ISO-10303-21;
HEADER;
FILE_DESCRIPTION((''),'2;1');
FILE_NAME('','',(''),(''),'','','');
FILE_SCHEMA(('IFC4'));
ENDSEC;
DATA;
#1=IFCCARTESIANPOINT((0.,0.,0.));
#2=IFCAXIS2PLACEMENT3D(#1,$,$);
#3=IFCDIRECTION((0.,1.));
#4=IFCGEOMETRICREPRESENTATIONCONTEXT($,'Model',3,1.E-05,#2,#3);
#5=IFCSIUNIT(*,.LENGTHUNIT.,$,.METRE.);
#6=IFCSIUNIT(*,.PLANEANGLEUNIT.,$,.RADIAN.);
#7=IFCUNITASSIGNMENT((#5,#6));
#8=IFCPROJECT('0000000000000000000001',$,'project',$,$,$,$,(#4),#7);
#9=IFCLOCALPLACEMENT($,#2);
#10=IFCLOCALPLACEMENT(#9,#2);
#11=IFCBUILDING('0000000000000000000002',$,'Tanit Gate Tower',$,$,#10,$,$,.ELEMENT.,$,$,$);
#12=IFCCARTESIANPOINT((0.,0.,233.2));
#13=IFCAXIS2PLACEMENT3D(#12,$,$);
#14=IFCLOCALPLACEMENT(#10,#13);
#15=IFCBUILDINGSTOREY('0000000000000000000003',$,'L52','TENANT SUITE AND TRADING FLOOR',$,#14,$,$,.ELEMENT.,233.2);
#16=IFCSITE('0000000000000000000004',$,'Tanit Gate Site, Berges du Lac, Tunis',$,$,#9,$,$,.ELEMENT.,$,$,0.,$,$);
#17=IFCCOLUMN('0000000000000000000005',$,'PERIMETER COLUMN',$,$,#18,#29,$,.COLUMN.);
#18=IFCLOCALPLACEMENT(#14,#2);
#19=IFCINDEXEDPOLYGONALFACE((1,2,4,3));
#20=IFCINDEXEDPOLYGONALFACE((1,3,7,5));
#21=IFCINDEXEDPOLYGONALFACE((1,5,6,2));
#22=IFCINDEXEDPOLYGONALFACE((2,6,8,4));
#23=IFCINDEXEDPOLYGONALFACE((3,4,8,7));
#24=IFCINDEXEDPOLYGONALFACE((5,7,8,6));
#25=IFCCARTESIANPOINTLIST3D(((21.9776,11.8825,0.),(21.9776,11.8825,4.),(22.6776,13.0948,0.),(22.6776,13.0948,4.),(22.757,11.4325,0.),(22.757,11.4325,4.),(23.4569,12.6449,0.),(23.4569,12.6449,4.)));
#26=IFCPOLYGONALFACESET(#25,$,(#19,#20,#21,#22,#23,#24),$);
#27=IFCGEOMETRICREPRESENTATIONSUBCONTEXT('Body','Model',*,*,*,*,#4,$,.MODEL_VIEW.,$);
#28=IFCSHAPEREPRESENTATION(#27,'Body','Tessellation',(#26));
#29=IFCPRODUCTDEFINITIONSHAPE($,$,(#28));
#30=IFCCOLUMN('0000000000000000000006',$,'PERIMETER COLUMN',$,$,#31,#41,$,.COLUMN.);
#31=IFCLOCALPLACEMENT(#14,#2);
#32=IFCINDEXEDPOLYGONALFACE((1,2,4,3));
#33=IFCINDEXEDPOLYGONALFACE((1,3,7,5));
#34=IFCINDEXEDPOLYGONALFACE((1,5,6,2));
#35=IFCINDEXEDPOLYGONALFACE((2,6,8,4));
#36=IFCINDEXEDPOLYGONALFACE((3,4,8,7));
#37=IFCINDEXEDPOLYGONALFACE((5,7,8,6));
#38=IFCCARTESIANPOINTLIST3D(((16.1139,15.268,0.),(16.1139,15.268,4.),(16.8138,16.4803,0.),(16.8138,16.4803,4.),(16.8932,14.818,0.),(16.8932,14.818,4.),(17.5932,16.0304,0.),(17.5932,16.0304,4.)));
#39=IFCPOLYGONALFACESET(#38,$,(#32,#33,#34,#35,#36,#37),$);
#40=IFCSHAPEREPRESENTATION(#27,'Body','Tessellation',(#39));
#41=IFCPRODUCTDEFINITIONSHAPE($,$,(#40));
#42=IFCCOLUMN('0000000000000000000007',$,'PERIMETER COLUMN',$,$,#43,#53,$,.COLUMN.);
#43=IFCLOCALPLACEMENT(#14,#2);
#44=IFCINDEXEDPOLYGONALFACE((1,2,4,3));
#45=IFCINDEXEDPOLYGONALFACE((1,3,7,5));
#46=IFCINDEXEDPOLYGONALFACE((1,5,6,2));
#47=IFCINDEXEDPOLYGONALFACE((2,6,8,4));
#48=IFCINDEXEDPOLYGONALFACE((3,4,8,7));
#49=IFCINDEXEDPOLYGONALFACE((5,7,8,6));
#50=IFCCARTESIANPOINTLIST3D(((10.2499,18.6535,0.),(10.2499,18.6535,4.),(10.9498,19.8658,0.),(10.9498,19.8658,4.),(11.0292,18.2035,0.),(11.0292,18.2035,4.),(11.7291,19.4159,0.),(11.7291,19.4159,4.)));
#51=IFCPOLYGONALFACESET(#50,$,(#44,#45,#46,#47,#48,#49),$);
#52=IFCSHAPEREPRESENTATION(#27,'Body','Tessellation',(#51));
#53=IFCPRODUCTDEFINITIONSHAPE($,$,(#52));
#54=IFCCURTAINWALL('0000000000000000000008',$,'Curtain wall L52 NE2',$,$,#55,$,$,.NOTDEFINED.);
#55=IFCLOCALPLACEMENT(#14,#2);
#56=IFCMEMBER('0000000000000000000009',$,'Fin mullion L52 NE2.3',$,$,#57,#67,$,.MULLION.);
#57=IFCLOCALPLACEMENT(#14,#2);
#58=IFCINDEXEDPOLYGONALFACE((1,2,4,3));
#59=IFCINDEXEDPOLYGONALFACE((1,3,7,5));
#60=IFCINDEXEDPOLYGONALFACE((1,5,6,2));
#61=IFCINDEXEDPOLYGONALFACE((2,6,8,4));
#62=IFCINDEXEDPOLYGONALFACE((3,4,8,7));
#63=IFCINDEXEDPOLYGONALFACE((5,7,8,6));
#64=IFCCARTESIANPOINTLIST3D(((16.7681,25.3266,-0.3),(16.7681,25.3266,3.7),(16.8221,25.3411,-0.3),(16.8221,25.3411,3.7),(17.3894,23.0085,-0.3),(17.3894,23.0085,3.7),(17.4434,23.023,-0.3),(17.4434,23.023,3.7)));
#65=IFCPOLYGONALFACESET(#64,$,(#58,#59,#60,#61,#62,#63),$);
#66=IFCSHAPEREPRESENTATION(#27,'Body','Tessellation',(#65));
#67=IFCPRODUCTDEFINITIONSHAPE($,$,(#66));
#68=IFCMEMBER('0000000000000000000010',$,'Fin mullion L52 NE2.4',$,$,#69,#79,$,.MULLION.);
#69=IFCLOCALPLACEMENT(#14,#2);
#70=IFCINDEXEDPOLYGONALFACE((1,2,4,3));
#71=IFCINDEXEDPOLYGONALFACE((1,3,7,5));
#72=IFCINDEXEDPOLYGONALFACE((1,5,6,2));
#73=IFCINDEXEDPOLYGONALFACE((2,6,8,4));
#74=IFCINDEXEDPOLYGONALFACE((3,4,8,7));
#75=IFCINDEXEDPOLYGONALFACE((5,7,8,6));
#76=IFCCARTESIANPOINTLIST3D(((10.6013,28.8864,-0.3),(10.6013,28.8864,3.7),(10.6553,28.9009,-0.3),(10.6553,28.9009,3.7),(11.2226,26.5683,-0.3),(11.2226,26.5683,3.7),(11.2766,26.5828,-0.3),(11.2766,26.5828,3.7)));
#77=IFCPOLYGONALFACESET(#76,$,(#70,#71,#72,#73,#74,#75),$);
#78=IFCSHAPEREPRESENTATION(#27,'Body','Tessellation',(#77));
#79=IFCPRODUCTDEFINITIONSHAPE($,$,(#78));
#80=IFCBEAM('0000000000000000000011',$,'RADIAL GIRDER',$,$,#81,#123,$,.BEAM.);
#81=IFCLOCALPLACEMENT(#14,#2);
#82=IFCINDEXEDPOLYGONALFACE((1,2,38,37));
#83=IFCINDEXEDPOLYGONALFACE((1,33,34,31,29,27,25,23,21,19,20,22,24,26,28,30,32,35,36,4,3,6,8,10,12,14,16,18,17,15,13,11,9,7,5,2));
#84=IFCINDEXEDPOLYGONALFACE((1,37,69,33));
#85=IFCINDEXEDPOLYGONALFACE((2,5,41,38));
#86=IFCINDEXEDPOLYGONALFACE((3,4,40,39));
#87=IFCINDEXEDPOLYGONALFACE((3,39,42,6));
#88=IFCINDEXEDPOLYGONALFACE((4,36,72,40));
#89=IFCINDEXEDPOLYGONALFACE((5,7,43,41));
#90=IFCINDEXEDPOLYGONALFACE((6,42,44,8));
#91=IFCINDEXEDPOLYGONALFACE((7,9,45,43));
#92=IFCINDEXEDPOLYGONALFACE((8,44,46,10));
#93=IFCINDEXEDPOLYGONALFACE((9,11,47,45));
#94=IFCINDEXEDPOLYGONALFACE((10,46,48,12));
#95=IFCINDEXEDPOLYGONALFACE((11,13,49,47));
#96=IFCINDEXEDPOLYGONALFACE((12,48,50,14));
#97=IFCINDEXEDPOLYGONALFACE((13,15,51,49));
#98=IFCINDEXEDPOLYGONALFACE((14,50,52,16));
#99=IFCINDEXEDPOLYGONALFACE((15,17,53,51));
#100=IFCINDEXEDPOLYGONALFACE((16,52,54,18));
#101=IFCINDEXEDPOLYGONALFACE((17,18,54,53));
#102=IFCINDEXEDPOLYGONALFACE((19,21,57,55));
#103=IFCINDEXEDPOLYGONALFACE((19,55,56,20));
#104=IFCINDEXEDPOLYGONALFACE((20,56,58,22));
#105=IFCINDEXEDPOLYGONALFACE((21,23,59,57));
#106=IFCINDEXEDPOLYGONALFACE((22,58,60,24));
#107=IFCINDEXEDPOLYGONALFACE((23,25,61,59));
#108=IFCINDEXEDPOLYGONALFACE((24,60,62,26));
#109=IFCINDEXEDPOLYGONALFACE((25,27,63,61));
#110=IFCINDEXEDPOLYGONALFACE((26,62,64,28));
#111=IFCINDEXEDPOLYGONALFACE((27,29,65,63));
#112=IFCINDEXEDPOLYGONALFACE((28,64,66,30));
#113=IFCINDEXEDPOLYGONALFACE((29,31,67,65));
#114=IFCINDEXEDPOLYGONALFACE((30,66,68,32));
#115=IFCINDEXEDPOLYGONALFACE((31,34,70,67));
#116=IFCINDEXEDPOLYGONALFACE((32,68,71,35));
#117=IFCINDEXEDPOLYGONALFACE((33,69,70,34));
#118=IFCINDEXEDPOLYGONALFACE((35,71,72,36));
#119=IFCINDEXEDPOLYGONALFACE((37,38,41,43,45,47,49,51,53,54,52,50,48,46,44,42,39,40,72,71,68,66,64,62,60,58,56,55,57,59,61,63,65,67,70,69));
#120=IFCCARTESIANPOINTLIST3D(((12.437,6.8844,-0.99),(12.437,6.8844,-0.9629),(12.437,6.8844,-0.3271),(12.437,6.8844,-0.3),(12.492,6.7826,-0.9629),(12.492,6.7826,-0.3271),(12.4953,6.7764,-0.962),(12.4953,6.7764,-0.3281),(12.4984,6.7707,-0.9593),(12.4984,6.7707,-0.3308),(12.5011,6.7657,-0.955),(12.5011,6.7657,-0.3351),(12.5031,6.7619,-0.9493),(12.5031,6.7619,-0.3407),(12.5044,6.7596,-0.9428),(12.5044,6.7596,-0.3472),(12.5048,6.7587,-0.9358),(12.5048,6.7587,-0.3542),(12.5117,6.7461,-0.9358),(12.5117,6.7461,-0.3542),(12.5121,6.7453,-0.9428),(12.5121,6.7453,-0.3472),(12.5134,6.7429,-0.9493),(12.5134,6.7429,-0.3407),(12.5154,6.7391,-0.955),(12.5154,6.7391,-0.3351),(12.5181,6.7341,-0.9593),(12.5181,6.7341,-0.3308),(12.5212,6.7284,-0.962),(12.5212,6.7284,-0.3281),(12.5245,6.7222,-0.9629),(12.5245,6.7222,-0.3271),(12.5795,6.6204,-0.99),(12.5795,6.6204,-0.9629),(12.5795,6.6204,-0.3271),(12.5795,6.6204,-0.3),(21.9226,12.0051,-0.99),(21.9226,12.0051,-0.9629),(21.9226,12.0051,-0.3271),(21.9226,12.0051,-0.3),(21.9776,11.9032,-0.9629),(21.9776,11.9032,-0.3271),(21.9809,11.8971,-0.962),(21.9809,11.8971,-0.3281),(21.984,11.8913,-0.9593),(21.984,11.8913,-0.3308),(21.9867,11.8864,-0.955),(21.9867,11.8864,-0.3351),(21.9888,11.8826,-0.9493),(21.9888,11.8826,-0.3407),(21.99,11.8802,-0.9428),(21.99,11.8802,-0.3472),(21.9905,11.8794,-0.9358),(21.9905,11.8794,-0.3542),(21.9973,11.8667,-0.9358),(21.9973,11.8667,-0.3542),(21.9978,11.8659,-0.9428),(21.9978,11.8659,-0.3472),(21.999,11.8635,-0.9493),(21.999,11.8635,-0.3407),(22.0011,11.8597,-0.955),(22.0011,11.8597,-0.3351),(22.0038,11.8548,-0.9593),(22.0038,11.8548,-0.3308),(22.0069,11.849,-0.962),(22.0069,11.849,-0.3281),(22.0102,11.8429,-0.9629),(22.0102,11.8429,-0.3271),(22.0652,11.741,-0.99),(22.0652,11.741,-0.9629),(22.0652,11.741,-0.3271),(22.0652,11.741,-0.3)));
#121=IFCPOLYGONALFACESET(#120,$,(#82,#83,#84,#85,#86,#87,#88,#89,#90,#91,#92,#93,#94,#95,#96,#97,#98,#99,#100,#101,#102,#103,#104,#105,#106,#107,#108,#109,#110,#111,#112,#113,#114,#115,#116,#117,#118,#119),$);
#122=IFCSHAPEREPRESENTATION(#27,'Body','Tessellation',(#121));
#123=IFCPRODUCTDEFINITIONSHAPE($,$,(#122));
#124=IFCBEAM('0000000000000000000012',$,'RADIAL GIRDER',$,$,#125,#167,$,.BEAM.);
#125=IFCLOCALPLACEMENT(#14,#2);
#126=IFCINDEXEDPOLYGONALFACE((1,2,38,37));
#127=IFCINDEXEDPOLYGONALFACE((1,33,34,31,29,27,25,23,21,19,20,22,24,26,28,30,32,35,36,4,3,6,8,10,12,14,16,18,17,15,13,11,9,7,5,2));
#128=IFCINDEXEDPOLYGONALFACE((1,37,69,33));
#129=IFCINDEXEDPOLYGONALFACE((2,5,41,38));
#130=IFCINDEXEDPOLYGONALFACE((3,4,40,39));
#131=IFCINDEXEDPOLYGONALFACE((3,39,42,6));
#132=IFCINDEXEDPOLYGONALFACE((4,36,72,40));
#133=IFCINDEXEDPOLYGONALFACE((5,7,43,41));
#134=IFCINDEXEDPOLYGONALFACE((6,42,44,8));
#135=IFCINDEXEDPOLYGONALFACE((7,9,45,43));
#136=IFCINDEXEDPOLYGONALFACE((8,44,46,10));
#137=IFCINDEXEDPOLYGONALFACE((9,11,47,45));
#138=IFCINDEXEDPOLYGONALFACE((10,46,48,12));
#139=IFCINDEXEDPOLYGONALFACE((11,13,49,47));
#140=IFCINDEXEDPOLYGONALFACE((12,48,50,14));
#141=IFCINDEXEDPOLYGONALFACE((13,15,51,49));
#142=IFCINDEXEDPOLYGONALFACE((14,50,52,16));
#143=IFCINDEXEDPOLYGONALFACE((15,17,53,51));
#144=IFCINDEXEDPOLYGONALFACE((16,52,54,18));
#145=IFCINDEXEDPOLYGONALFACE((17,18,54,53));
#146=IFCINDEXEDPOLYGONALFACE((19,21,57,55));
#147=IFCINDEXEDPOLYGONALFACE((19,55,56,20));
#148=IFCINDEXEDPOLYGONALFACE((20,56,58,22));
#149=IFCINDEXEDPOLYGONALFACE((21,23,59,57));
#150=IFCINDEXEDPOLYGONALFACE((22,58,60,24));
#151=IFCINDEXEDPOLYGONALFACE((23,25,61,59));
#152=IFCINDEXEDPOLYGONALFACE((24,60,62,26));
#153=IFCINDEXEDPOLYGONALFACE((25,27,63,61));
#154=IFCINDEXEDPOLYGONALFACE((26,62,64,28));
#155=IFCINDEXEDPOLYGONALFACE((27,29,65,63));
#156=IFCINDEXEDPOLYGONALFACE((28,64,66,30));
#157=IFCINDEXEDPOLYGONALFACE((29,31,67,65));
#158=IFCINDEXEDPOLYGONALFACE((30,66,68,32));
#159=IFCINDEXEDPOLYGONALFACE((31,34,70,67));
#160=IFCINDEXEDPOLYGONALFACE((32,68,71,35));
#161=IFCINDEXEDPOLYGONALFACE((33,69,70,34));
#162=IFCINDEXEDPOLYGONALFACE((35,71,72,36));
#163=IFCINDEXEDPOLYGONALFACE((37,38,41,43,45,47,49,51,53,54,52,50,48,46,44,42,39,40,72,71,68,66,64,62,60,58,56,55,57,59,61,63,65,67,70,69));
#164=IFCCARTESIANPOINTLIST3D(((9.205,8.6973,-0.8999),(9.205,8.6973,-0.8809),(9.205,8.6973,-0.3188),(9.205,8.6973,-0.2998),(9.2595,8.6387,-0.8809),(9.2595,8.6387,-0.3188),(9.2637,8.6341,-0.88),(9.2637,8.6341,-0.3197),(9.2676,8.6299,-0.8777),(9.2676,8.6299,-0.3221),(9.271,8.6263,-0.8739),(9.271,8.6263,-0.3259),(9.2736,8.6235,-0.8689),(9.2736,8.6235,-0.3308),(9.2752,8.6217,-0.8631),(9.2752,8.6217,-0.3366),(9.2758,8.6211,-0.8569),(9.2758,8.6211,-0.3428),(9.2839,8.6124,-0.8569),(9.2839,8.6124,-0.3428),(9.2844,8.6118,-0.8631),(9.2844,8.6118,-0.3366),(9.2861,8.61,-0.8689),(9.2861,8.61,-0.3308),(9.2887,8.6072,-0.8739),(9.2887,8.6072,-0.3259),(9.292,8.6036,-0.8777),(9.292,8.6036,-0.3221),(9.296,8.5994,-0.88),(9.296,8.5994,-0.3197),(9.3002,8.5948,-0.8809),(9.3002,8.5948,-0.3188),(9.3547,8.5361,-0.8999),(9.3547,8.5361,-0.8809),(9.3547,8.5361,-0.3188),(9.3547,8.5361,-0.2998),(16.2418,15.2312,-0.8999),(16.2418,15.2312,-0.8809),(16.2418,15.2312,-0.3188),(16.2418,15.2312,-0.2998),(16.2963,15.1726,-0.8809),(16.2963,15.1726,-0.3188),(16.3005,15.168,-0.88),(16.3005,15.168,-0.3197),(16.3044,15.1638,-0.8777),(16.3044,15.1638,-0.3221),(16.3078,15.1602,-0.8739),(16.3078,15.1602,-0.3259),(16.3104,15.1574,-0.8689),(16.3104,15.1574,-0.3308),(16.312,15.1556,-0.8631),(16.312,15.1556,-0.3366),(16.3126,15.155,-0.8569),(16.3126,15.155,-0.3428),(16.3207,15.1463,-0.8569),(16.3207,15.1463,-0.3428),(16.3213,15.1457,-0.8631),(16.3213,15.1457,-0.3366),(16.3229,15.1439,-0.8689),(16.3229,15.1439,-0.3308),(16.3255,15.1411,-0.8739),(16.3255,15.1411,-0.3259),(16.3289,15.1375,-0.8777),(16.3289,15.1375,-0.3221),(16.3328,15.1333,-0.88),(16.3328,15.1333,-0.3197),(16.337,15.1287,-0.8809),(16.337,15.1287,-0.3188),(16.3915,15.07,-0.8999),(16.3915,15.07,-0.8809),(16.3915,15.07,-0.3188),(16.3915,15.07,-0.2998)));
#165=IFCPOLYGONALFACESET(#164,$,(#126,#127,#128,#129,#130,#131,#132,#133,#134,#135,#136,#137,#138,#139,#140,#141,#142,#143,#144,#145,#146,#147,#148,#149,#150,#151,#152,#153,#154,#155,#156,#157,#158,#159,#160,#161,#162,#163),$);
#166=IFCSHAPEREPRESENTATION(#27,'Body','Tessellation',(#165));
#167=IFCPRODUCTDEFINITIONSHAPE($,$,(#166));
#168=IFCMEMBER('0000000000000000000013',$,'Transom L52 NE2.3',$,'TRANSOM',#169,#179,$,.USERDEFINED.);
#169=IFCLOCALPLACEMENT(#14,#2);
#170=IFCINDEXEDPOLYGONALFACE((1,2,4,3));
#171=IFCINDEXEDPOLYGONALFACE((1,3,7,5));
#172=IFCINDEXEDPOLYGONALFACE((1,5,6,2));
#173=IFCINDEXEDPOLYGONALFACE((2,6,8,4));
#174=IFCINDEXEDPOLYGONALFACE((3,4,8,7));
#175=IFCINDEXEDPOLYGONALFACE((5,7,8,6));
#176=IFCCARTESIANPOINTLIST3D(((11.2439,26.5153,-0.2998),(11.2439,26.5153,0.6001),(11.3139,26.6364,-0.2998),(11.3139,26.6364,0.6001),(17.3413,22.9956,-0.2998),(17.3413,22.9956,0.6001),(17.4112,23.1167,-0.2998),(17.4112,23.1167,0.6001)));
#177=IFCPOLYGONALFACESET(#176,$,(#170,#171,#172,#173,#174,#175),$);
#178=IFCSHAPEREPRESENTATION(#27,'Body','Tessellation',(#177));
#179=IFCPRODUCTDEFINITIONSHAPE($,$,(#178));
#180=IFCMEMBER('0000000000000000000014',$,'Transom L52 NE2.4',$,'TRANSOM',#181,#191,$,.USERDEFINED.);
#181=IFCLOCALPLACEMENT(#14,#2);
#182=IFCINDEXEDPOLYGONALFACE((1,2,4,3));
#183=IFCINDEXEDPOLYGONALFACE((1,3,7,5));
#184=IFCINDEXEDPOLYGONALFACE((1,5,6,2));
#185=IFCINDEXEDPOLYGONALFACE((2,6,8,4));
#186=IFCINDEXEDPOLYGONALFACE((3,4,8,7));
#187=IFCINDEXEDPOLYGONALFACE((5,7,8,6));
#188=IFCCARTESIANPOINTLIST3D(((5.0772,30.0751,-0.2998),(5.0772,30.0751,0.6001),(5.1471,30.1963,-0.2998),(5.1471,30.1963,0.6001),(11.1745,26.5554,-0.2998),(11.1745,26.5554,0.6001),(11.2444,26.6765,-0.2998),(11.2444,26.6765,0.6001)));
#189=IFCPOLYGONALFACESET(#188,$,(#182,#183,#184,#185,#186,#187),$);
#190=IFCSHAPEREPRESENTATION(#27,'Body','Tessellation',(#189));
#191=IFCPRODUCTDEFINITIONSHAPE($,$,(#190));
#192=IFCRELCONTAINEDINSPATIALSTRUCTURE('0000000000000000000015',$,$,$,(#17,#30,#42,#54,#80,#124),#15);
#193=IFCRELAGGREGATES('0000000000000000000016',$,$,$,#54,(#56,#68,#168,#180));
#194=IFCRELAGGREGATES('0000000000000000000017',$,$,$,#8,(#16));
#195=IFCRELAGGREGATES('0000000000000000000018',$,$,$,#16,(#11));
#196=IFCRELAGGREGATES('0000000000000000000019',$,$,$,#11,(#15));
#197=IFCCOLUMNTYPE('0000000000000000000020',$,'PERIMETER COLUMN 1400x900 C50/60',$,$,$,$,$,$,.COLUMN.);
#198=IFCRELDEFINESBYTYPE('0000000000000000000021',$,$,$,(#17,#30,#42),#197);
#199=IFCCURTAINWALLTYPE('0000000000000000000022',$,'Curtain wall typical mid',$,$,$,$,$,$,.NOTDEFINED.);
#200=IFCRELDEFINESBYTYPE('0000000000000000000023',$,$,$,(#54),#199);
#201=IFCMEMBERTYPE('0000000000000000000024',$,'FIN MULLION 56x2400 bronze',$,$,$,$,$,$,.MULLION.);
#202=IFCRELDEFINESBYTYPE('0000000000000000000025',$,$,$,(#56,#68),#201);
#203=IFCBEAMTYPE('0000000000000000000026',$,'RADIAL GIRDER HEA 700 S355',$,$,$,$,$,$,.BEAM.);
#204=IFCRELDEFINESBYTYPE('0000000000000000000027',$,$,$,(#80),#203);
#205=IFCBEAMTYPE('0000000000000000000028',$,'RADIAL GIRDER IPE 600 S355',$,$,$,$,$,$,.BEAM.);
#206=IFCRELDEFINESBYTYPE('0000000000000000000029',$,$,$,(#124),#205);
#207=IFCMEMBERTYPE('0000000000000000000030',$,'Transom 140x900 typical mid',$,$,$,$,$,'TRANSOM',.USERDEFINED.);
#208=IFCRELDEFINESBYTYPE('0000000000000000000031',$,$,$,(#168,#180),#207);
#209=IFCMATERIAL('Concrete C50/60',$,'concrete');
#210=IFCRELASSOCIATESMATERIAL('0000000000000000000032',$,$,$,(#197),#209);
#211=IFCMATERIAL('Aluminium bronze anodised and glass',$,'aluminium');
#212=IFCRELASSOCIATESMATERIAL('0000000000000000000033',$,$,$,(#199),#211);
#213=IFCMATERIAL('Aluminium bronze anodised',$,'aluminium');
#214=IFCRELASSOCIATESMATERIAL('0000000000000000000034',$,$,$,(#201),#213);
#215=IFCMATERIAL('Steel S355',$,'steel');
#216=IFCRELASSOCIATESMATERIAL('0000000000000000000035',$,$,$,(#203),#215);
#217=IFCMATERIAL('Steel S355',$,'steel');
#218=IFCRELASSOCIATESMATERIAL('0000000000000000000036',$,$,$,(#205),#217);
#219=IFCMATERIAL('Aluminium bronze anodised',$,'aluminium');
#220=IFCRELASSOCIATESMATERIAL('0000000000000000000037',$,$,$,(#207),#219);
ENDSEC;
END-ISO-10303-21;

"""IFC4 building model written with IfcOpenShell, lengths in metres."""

from ifc_helpers import new_model, si_unit, direction, frame, origin, origin_2d, place, context, subcontext, project, spatial, rectangle, i_section, extrude, material, material_profile, profile_set, type_object, element, aggregate, save


model = new_model("IFC4")

# Units and contexts
model_context = context("Model", 3, precision=1e-05, world=origin(), true_north=direction((0.0, 1.0)))
body_context = subcontext(model_context, "Body", "Model", "MODEL_VIEW")
ifc_project = project(units=[si_unit("LENGTHUNIT", "METRE"), si_unit("PLANEANGLEUNIT", "RADIAN")], contexts=[model_context])

# Site, building, storey
site_placement = place(None, origin())
site = spatial("IfcSite", under=ifc_project, at=site_placement, Name="Tanit Gate Site, Berges du Lac, Tunis", CompositionType="ELEMENT", RefElevation=0.0)
building_placement = place(site_placement, origin())
building = spatial("IfcBuilding", under=site, at=building_placement, Name="Tanit Gate Tower", CompositionType="ELEMENT")
storey_placement = place(building_placement, frame((0.0, 0.0, 233.2)))
storey = spatial("IfcBuildingStorey", under=building, at=storey_placement, Name="L52", Description="TENANT SUITE AND TRADING FLOOR", CompositionType="ELEMENT", Elevation=233.2)

# Columns
ifc_material_1 = material(Name="Concrete C50/60", Category="concrete")
ifc_material_profile_1 = material_profile(ifc_material_1, rectangle(XDim=1.3999, YDim=0.8999, at=origin_2d()), Name="RC 1400x900")
ifc_profile_set_1 = profile_set([ifc_material_profile_1], Name="Concrete C50/60")
column_type = type_object("IfcColumnType", Name="PERIMETER COLUMN 1400x900 C50/60", PredefinedType="COLUMN", material=ifc_profile_set_1)
for number, where, z_axis, x_axis, name in (
    (1, (22.7173, 12.2637, 0.0), (0.0, 0.0, 1.0), (0.5, 0.866025, 0.0), "PERIMETER COLUMN"),
    (2, (16.8535, 15.6492, 0.0), (0.0, 0.0, 1.0), (0.5, 0.866025, 0.0), "PERIMETER COLUMN"),
    (3, (10.9895, 19.0347, 0.0), (0.0, 0.0, 1.0), (0.5, 0.866025, 0.0), "PERIMETER COLUMN"),
):
    element("IfcColumn", number, at=place(storey_placement, frame(where, z_axis=z_axis, x_axis=x_axis)), inside=storey, type_object=column_type, Name=name, PredefinedType="COLUMN", context=body_context, shape_type="SweptSolid", body=[
        extrude(rectangle(XDim=1.3999, YDim=0.8999, at=origin_2d()), origin(), (0.0, 0.0, 1.0), 4.0),
    ])

# Curtain wall, members
ifc_material_2 = material(Name="Aluminium bronze anodised and glass", Category="aluminium")
curtain_wall_type = type_object("IfcCurtainWallType", Name="Curtain wall typical mid", PredefinedType="NOTDEFINED", material=ifc_material_2)
curtain_wall_placement = place(storey_placement, origin())
curtain_wall = element("IfcCurtainWall", 4, at=curtain_wall_placement, inside=storey, type_object=curtain_wall_type, Name="Curtain wall L52 NE2", PredefinedType="NOTDEFINED")
ifc_material_3 = material(Name="Aluminium bronze anodised", Category="aluminium")
ifc_material_profile_2 = material_profile(ifc_material_3, rectangle(XDim=2.3999, YDim=0.0559, at=origin_2d()), Name="56x2400 bronze fin mullion")
ifc_profile_set_2 = profile_set([ifc_material_profile_2], Name="Aluminium bronze anodised")
member_type_1 = type_object("IfcMemberType", Name="FIN MULLION 56x2400 bronze", PredefinedType="MULLION", material=ifc_profile_set_2)
member_1_placement = place(storey_placement, frame((17.1057, 24.1748, -0.3), z_axis=(0.0, 0.0, 1.0), x_axis=(0.258886, -0.965908, 0.0)))
member_1 = element("IfcMember", 5, at=member_1_placement, type_object=member_type_1, Name="Fin mullion L52 NE2.3", PredefinedType="MULLION", context=body_context, shape_type="SweptSolid", body=[
    extrude(rectangle(XDim=2.3999, YDim=0.0559, at=origin_2d()), origin(), (0.0, 0.0, 1.0), 4.0),
])
member_2_placement = place(storey_placement, frame((10.939, 27.7346, -0.3), z_axis=(0.0, 0.0, 1.0), x_axis=(0.258886, -0.965908, 0.0)))
member_2 = element("IfcMember", 6, at=member_2_placement, type_object=member_type_1, Name="Fin mullion L52 NE2.4", PredefinedType="MULLION", context=body_context, shape_type="SweptSolid", body=[
    extrude(rectangle(XDim=2.3999, YDim=0.0559, at=origin_2d()), origin(), (0.0, 0.0, 1.0), 4.0),
])

# Beams
ifc_material_4 = material(Name="Steel S355", Category="steel")
ifc_material_profile_3 = material_profile(ifc_material_4, i_section(OverallWidth=0.3, OverallDepth=0.6899, WebThickness=0.0144, FlangeThickness=0.0271, FilletRadius=0.0271, at=origin_2d()), Name="HEA 700")
ifc_profile_set_3 = profile_set([ifc_material_profile_3], Name="Steel S355")
beam_type_1 = type_object("IfcBeamType", Name="RADIAL GIRDER HEA 700 S355", PredefinedType="BEAM", material=ifc_profile_set_3)
beam_1_placement = place(storey_placement, frame((21.9939, 11.873, -0.645), z_axis=(-0.879968, -0.475033, 0.0), x_axis=(0.475033, -0.879968, 0.0)))
element("IfcBeam", 7, at=beam_1_placement, inside=storey, type_object=beam_type_1, Name="RADIAL GIRDER", PredefinedType="BEAM", context=body_context, shape_type="SweptSolid", body=[
    extrude(i_section(OverallWidth=0.3, OverallDepth=0.6899, WebThickness=0.0144, FlangeThickness=0.0271, FilletRadius=0.0271, at=origin_2d()), origin(), (0.0, 0.0, 1.0), 10.7795),
])
ifc_material_5 = material(Name="Steel S355", Category="steel")
ifc_material_profile_4 = material_profile(ifc_material_5, i_section(OverallWidth=0.22, OverallDepth=0.6001, WebThickness=0.012, FlangeThickness=0.019, FilletRadius=0.0239, at=origin_2d()), Name="IPE 600")
ifc_profile_set_4 = profile_set([ifc_material_profile_4], Name="Steel S355")
beam_type_2 = type_object("IfcBeamType", Name="RADIAL GIRDER IPE 600 S355", PredefinedType="BEAM", material=ifc_profile_set_4)
beam_2_placement = place(storey_placement, frame((16.3167, 15.1506, -0.5999), z_axis=(-0.732809, -0.680435, 0.0), x_axis=(0.680435, -0.732809, 0.0)))
element("IfcBeam", 8, at=beam_2_placement, inside=storey, type_object=beam_type_2, Name="RADIAL GIRDER", PredefinedType="BEAM", context=body_context, shape_type="SweptSolid", body=[
    extrude(i_section(OverallWidth=0.22, OverallDepth=0.6001, WebThickness=0.012, FlangeThickness=0.019, FilletRadius=0.0239, at=origin_2d()), origin(), (0.0, 0.0, 1.0), 9.6025),
])

# Members
ifc_material_6 = material(Name="Aluminium bronze anodised", Category="aluminium")
ifc_material_profile_5 = material_profile(ifc_material_6, rectangle(XDim=0.1399, YDim=0.8999, at=origin_2d()), Name="140x900 bronze transom")
ifc_profile_set_5 = profile_set([ifc_material_profile_5], Name="Aluminium bronze anodised")
member_type_2 = type_object("IfcMemberType", Name="Transom 140x900 typical mid", ElementType="TRANSOM", PredefinedType="USERDEFINED", material=ifc_profile_set_5)
member_3_placement = place(storey_placement, frame((17.3762, 23.0562, 0.1501), z_axis=(-0.86606, 0.49994, 0.0), x_axis=(-0.49994, -0.86606, 0.0)))
member_3 = element("IfcMember", 9, at=member_3_placement, type_object=member_type_2, Name="Transom L52 NE2.3", ObjectType="TRANSOM", PredefinedType="USERDEFINED", context=body_context, shape_type="SweptSolid", body=[
    extrude(rectangle(XDim=0.1399, YDim=0.8999, at=origin_2d()), origin(), (0.0, 0.0, 1.0), 7.0403),
])
member_4_placement = place(storey_placement, frame((11.2095, 26.616, 0.1501), z_axis=(-0.86606, 0.49994, 0.0), x_axis=(-0.49994, -0.86606, 0.0)))
member_4 = element("IfcMember", 10, at=member_4_placement, type_object=member_type_2, Name="Transom L52 NE2.4", ObjectType="TRANSOM", PredefinedType="USERDEFINED", context=body_context, shape_type="SweptSolid", body=[
    extrude(rectangle(XDim=0.1399, YDim=0.8999, at=origin_2d()), origin(), (0.0, 0.0, 1.0), 7.0403),
])

aggregate(curtain_wall, [member_1, member_2, member_3, member_4])

save(model, "model.ifc")
